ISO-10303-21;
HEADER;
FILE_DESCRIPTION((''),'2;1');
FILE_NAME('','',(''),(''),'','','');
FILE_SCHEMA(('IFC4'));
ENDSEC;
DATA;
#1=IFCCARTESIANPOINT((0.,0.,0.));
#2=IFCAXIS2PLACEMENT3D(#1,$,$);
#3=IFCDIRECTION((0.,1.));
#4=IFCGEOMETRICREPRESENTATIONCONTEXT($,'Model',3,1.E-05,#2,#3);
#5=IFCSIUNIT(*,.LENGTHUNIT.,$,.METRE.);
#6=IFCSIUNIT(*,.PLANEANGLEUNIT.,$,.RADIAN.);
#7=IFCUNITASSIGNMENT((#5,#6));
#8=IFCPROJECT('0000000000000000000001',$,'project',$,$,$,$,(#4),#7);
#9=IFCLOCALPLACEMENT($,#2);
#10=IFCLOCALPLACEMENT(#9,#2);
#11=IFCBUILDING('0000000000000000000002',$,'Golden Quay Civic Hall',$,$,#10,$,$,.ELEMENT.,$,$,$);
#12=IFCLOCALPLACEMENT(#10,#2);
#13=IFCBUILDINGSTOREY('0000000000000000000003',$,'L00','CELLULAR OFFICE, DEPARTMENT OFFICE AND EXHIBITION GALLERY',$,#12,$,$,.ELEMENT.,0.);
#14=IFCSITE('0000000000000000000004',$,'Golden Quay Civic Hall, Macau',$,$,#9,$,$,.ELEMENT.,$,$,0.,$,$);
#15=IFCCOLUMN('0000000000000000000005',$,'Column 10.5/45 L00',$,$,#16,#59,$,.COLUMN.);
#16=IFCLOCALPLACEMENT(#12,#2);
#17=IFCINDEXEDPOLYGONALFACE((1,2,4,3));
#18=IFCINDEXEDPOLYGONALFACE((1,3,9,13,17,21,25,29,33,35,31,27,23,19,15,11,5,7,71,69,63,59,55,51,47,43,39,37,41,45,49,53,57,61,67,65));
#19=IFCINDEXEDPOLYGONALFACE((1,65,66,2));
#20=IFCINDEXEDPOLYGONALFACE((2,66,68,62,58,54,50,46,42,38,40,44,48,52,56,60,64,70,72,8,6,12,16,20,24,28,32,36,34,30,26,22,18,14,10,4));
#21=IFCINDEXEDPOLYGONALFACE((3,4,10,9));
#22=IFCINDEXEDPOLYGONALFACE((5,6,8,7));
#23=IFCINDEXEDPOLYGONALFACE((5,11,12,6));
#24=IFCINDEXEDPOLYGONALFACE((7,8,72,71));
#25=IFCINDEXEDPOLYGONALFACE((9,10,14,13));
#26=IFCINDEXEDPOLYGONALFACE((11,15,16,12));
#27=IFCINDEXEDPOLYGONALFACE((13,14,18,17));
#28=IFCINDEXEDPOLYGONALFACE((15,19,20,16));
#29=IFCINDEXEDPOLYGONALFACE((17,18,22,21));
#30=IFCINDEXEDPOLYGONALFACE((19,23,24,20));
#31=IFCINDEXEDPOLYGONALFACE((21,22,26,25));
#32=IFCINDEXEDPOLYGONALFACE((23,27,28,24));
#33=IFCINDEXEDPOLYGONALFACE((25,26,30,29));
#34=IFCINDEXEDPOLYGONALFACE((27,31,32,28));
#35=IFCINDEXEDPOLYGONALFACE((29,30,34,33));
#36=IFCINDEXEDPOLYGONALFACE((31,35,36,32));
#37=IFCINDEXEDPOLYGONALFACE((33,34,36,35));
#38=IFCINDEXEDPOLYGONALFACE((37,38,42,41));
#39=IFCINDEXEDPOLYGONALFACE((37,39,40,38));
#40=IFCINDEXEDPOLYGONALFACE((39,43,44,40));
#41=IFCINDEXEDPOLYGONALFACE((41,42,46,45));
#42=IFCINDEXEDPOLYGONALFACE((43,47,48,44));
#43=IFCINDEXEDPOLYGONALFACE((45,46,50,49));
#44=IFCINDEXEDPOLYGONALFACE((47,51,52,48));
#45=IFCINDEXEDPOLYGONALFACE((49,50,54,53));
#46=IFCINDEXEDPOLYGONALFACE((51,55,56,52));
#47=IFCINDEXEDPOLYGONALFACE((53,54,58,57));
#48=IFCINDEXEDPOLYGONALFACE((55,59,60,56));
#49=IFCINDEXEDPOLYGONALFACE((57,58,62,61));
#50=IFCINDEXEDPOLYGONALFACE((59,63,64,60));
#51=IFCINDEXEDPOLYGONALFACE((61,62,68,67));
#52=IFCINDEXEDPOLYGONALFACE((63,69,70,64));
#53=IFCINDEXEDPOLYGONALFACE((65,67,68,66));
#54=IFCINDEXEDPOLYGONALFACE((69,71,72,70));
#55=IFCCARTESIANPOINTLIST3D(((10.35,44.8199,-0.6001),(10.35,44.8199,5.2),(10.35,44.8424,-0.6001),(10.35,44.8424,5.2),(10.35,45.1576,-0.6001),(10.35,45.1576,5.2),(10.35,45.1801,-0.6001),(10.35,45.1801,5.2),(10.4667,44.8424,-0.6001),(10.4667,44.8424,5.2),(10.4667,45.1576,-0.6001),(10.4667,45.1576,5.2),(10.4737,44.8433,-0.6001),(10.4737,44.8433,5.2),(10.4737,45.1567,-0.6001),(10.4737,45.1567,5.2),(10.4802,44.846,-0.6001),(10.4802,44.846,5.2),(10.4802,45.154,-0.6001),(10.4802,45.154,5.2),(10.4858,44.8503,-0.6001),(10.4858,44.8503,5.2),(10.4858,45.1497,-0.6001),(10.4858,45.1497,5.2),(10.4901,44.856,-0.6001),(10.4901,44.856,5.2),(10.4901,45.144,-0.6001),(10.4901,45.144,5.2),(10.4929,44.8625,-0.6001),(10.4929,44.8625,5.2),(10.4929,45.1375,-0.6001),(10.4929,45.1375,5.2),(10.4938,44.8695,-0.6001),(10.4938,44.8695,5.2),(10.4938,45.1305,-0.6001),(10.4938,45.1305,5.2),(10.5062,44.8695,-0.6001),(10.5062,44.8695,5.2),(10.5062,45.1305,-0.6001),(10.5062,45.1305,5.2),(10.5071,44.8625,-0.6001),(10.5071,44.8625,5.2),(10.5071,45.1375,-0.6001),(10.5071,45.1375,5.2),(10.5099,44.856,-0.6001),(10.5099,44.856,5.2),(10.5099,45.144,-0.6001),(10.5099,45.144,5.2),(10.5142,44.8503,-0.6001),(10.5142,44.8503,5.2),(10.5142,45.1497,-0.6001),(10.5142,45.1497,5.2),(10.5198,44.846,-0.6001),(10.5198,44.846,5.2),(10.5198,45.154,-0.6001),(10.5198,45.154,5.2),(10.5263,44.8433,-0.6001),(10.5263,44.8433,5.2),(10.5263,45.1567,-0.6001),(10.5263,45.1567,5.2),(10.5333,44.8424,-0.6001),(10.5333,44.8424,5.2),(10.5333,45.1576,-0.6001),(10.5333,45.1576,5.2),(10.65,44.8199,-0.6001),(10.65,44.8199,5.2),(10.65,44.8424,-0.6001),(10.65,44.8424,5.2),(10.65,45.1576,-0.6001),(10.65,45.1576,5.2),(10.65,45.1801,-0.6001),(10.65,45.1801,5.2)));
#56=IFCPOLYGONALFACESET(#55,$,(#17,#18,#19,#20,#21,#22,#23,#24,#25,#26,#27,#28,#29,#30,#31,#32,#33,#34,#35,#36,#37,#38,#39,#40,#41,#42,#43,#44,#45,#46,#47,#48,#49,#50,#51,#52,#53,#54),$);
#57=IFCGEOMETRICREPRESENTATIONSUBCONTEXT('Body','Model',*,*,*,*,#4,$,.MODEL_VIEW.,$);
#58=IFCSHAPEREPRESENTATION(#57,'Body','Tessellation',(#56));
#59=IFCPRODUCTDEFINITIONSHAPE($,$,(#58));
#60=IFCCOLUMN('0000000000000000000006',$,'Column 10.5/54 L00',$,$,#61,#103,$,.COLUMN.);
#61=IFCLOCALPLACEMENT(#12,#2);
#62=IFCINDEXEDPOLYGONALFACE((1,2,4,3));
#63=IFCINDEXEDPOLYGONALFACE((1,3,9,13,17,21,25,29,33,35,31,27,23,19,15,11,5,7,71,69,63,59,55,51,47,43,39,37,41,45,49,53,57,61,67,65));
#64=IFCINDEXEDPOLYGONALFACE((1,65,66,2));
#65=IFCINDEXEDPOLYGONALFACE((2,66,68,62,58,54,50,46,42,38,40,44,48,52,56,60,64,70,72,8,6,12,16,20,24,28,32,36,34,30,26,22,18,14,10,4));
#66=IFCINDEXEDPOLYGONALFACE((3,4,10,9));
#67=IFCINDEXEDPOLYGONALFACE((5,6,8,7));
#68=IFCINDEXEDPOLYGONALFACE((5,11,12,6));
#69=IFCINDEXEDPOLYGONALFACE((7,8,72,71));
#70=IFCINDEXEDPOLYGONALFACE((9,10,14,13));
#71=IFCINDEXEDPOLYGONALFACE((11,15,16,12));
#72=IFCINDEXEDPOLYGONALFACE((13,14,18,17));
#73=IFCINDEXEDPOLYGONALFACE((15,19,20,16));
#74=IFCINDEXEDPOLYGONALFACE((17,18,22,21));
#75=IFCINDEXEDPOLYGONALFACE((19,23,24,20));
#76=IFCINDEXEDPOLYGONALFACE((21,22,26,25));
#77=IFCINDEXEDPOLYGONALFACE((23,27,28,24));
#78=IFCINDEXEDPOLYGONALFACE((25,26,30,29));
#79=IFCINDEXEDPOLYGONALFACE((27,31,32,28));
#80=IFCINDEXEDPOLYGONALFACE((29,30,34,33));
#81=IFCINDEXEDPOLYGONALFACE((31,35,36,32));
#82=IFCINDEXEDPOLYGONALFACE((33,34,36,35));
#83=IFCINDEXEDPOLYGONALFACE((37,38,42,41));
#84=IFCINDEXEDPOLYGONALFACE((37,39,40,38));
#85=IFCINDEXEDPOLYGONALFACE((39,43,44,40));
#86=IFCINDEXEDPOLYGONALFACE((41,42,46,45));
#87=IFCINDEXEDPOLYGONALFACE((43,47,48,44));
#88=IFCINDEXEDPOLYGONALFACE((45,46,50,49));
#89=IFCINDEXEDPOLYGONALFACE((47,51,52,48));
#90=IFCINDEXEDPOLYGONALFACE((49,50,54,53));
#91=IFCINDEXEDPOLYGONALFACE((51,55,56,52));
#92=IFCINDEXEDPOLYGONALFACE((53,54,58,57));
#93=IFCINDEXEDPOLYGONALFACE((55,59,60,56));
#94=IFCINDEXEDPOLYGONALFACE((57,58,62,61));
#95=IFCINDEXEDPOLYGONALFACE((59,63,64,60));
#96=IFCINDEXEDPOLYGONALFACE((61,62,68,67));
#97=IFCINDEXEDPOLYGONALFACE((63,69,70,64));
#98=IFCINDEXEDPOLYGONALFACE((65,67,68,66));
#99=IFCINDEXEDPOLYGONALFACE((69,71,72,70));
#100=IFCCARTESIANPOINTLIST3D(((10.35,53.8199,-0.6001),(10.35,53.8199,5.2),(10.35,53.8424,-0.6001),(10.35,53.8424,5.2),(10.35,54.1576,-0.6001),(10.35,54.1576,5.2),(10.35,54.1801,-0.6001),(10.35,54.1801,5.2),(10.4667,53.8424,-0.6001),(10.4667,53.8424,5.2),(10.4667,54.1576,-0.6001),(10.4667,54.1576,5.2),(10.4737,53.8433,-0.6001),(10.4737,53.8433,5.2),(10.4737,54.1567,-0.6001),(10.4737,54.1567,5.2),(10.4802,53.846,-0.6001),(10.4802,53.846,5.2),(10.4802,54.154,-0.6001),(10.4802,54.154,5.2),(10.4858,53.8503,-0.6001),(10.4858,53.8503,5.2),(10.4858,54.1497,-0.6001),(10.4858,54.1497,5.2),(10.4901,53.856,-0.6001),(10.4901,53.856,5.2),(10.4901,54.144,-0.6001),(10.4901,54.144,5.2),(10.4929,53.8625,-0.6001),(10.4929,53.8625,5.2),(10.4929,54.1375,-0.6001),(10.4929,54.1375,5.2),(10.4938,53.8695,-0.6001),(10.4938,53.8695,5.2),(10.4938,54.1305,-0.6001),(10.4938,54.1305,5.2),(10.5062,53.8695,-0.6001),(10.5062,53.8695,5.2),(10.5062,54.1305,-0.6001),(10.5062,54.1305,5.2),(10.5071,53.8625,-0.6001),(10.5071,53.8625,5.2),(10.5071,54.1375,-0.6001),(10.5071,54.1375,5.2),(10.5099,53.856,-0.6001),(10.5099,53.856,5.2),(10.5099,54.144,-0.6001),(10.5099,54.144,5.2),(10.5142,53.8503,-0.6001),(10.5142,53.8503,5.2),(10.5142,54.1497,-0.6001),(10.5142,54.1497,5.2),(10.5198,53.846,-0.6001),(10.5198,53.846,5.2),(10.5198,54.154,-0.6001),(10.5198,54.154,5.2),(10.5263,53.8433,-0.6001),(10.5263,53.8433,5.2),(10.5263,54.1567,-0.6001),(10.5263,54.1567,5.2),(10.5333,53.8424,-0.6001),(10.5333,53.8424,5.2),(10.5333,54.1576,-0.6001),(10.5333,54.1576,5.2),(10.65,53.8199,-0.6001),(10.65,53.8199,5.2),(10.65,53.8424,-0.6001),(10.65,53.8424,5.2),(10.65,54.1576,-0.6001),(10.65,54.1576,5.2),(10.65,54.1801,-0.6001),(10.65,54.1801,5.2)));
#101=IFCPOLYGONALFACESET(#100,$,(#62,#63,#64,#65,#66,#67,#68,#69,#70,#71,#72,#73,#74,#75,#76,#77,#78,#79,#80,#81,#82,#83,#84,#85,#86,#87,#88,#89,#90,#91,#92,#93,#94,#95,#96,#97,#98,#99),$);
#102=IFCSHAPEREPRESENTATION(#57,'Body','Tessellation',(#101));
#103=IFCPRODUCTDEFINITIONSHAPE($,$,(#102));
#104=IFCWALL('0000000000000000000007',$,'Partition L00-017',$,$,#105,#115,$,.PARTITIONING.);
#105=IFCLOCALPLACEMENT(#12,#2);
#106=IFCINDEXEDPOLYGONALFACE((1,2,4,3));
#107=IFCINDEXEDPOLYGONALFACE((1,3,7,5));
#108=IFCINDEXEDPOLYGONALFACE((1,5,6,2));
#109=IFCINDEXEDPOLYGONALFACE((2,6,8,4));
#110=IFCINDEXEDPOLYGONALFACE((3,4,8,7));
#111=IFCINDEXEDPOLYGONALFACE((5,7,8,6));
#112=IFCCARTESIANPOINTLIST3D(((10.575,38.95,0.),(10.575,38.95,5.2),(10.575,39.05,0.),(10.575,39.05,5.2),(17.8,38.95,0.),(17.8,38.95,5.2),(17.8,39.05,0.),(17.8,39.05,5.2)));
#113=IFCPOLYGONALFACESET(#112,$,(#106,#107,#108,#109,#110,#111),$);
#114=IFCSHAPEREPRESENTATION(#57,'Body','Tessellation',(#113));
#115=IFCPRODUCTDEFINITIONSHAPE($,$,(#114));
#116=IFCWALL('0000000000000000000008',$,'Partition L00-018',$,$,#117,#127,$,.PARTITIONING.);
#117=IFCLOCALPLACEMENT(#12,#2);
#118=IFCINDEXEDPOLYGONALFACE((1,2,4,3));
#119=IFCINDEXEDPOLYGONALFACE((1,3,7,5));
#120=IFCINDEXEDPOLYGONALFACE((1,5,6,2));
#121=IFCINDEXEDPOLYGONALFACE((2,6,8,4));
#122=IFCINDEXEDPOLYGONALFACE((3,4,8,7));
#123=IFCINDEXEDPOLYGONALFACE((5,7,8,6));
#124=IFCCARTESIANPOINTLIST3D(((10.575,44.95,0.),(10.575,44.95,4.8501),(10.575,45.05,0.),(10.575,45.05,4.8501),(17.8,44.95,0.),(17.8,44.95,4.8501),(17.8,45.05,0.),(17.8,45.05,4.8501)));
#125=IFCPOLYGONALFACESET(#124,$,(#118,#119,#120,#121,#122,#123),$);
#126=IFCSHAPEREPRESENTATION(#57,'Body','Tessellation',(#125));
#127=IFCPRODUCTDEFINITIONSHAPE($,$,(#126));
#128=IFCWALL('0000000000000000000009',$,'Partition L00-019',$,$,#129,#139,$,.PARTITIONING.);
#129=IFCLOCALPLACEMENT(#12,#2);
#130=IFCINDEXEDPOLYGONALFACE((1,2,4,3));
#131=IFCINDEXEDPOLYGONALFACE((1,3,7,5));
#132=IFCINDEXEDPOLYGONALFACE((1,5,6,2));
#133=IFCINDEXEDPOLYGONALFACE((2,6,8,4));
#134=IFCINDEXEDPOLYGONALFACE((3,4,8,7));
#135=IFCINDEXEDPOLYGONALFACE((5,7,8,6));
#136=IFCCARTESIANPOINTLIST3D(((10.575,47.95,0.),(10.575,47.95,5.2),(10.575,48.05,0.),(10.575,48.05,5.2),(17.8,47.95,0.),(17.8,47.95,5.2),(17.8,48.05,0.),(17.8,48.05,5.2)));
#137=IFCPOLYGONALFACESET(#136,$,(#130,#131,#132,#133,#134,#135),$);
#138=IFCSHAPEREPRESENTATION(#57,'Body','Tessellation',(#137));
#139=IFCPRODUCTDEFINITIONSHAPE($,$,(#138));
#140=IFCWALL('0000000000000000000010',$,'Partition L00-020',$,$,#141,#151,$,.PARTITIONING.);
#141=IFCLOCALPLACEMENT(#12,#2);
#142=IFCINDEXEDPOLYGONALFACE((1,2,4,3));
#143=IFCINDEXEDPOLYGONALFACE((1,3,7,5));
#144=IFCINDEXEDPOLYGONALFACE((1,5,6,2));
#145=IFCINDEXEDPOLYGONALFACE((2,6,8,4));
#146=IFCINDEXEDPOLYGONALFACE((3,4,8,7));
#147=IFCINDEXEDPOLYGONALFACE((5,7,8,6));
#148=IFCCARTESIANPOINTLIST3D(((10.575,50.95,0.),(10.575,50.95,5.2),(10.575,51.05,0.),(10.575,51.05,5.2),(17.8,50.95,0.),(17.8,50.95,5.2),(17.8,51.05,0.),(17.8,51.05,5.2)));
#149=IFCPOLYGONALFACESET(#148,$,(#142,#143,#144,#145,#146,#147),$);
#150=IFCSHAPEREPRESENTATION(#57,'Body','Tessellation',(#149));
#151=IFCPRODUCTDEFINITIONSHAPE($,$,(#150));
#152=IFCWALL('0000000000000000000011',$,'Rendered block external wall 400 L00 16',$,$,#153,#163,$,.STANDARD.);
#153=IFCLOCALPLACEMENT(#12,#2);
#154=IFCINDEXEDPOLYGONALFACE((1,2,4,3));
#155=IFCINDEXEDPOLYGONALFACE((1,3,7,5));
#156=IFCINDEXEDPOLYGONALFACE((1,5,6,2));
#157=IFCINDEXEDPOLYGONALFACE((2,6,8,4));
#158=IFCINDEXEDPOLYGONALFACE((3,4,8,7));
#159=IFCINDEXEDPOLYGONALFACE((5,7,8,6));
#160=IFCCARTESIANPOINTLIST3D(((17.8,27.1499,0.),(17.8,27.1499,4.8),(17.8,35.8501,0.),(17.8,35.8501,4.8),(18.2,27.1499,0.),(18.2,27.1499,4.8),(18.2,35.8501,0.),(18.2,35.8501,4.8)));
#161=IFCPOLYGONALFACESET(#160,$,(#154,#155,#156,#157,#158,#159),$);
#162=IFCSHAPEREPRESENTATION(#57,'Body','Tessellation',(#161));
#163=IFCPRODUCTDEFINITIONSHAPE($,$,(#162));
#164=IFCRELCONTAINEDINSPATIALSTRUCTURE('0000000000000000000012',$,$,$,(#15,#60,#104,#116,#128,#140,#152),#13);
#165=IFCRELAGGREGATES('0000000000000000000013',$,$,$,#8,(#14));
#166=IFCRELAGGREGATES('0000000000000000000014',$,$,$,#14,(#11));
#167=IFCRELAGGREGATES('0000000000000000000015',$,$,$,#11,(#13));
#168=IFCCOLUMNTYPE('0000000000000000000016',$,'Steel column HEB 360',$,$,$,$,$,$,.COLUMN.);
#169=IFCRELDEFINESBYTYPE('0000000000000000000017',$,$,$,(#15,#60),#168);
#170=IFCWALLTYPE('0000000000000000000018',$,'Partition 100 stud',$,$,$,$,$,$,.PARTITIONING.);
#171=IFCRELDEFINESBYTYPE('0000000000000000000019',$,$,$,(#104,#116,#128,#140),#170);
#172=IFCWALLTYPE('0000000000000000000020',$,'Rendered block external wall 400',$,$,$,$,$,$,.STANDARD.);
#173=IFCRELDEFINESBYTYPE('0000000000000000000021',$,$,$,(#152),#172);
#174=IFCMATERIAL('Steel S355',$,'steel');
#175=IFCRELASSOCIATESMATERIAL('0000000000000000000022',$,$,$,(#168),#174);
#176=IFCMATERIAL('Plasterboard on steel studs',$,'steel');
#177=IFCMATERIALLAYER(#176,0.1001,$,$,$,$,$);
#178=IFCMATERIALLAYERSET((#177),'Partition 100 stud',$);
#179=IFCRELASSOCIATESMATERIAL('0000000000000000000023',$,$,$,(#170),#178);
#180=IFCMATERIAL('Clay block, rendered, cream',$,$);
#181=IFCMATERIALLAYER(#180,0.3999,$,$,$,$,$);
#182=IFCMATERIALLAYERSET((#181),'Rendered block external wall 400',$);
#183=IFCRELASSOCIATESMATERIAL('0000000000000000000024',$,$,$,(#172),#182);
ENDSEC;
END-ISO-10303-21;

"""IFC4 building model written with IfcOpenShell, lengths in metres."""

from ifc_helpers import new_model, si_unit, direction, frame, frame_2d, origin, origin_2d, place, context, subcontext, project, spatial, rectangle, i_section, extrude, material, layer, layer_set, material_profile, profile_set, type_object, element, save


model = new_model("IFC4")

# Units and contexts
model_context = context("Model", 3, precision=1e-05, world=origin(), true_north=direction((0.0, 1.0)))
body_context = subcontext(model_context, "Body", "Model", "MODEL_VIEW")
ifc_project = project(units=[si_unit("LENGTHUNIT", "METRE"), si_unit("PLANEANGLEUNIT", "RADIAN")], contexts=[model_context])

# Site, building, storey
site_placement = place(None, origin())
site = spatial("IfcSite", under=ifc_project, at=site_placement, Name="Golden Quay Civic Hall, Macau", CompositionType="ELEMENT", RefElevation=0.0)
building_placement = place(site_placement, origin())
building = spatial("IfcBuilding", under=site, at=building_placement, Name="Golden Quay Civic Hall", CompositionType="ELEMENT")
storey_placement = place(building_placement, origin())
storey = spatial("IfcBuildingStorey", under=building, at=storey_placement, Name="L00", Description="CELLULAR OFFICE, DEPARTMENT OFFICE AND EXHIBITION GALLERY", CompositionType="ELEMENT", Elevation=0.0)

# Columns
ifc_material_1 = material(Name="Steel S355", Category="steel")
ifc_material_profile_1 = material_profile(ifc_material_1, i_section(OverallWidth=0.3, OverallDepth=0.3601, WebThickness=0.0125, FlangeThickness=0.0225, FilletRadius=0.0271, at=origin_2d()), Name="HEB 360")
ifc_profile_set_1 = profile_set([ifc_material_profile_1], Name="Steel S355")
column_type_1 = type_object("IfcColumnType", Name="Steel column HEB 360", PredefinedType="COLUMN", material=ifc_profile_set_1)
for number, where, z_axis, x_axis, name in (
    (1, (10.5, 45.0, -0.6001), (0.0, 0.0, 1.0), (1.0, 0.0, 0.0), "Column 10.5/45 L00"),
    (2, (10.5, 54.0, -0.6001), (0.0, 0.0, 1.0), (1.0, 0.0, 0.0), "Column 10.5/54 L00"),
):
    element("IfcColumn", number, at=place(storey_placement, frame(where, z_axis=z_axis, x_axis=x_axis)), inside=storey, type_object=column_type_1, Name=name, PredefinedType="COLUMN", context=body_context, shape_type="SweptSolid", body=[
        extrude(i_section(OverallWidth=0.3, OverallDepth=0.3601, WebThickness=0.0125, FlangeThickness=0.0225, FilletRadius=0.0271, at=origin_2d()), origin(), (0.0, 0.0, 1.0), 5.8),
    ])

# Walls
ifc_material_2 = material(Name="Plasterboard on steel studs", Category="steel")
ifc_layer_1 = layer(ifc_material_2, 0.1001)
ifc_layer_set_1 = layer_set([ifc_layer_1], Name="Partition 100 stud")
wall_type_1 = type_object("IfcWallType", Name="Partition 100 stud", PredefinedType="PARTITIONING", material=ifc_layer_set_1)
wall_1_placement = place(storey_placement, frame((10.575, 39.0, 0.0), z_axis=(0.0, 0.0, 1.0), x_axis=(1.0, 0.0, 0.0)))
element("IfcWall", 3, at=wall_1_placement, inside=storey, type_object=wall_type_1, Name="Partition L00-017", PredefinedType="PARTITIONING", context=body_context, shape_type="SweptSolid", body=[
    extrude(rectangle(XDim=7.2251, YDim=0.1001, at=frame_2d((3.6125, 0.0))), origin(), (0.0, 0.0, 1.0), 5.2),
])
wall_2_placement = place(storey_placement, frame((10.575, 45.0, 0.0), z_axis=(0.0, 0.0, 1.0), x_axis=(1.0, 0.0, 0.0)))
element("IfcWall", 4, at=wall_2_placement, inside=storey, type_object=wall_type_1, Name="Partition L00-018", PredefinedType="PARTITIONING", context=body_context, shape_type="SweptSolid", body=[
    extrude(rectangle(XDim=7.2251, YDim=0.1001, at=frame_2d((3.6125, 0.0))), origin(), (0.0, 0.0, 1.0), 4.8501),
])
for number, where, z_axis, x_axis, name in (
    (5, (10.575, 48.0, 0.0), (0.0, 0.0, 1.0), (1.0, 0.0, 0.0), "Partition L00-019"),
    (6, (10.575, 51.0, 0.0), (0.0, 0.0, 1.0), (1.0, 0.0, 0.0), "Partition L00-020"),
):
    element("IfcWall", number, at=place(storey_placement, frame(where, z_axis=z_axis, x_axis=x_axis)), inside=storey, type_object=wall_type_1, Name=name, PredefinedType="PARTITIONING", context=body_context, shape_type="SweptSolid", body=[
        extrude(rectangle(XDim=7.2251, YDim=0.1001, at=frame_2d((3.6125, 0.0))), origin(), (0.0, 0.0, 1.0), 5.2),
    ])
ifc_material_3 = material(Name="Clay block, rendered, cream")
ifc_layer_2 = layer(ifc_material_3, 0.3999)
ifc_layer_set_2 = layer_set([ifc_layer_2], Name="Rendered block external wall 400")
wall_type_2 = type_object("IfcWallType", Name="Rendered block external wall 400", PredefinedType="STANDARD", material=ifc_layer_set_2)
wall_3_placement = place(storey_placement, frame((18.0, 35.8501, 0.0), z_axis=(0.0, 0.0, 1.0), x_axis=(0.0, -1.0, 0.0)))
element("IfcWall", 7, at=wall_3_placement, inside=storey, type_object=wall_type_2, Name="Rendered block external wall 400 L00 16", PredefinedType="STANDARD", context=body_context, shape_type="SweptSolid", body=[
    extrude(rectangle(XDim=8.7002, YDim=0.3999, at=frame_2d((4.3501, 0.0))), origin(), (0.0, 0.0, 1.0), 4.8),
])

save(model, "model.ifc")
